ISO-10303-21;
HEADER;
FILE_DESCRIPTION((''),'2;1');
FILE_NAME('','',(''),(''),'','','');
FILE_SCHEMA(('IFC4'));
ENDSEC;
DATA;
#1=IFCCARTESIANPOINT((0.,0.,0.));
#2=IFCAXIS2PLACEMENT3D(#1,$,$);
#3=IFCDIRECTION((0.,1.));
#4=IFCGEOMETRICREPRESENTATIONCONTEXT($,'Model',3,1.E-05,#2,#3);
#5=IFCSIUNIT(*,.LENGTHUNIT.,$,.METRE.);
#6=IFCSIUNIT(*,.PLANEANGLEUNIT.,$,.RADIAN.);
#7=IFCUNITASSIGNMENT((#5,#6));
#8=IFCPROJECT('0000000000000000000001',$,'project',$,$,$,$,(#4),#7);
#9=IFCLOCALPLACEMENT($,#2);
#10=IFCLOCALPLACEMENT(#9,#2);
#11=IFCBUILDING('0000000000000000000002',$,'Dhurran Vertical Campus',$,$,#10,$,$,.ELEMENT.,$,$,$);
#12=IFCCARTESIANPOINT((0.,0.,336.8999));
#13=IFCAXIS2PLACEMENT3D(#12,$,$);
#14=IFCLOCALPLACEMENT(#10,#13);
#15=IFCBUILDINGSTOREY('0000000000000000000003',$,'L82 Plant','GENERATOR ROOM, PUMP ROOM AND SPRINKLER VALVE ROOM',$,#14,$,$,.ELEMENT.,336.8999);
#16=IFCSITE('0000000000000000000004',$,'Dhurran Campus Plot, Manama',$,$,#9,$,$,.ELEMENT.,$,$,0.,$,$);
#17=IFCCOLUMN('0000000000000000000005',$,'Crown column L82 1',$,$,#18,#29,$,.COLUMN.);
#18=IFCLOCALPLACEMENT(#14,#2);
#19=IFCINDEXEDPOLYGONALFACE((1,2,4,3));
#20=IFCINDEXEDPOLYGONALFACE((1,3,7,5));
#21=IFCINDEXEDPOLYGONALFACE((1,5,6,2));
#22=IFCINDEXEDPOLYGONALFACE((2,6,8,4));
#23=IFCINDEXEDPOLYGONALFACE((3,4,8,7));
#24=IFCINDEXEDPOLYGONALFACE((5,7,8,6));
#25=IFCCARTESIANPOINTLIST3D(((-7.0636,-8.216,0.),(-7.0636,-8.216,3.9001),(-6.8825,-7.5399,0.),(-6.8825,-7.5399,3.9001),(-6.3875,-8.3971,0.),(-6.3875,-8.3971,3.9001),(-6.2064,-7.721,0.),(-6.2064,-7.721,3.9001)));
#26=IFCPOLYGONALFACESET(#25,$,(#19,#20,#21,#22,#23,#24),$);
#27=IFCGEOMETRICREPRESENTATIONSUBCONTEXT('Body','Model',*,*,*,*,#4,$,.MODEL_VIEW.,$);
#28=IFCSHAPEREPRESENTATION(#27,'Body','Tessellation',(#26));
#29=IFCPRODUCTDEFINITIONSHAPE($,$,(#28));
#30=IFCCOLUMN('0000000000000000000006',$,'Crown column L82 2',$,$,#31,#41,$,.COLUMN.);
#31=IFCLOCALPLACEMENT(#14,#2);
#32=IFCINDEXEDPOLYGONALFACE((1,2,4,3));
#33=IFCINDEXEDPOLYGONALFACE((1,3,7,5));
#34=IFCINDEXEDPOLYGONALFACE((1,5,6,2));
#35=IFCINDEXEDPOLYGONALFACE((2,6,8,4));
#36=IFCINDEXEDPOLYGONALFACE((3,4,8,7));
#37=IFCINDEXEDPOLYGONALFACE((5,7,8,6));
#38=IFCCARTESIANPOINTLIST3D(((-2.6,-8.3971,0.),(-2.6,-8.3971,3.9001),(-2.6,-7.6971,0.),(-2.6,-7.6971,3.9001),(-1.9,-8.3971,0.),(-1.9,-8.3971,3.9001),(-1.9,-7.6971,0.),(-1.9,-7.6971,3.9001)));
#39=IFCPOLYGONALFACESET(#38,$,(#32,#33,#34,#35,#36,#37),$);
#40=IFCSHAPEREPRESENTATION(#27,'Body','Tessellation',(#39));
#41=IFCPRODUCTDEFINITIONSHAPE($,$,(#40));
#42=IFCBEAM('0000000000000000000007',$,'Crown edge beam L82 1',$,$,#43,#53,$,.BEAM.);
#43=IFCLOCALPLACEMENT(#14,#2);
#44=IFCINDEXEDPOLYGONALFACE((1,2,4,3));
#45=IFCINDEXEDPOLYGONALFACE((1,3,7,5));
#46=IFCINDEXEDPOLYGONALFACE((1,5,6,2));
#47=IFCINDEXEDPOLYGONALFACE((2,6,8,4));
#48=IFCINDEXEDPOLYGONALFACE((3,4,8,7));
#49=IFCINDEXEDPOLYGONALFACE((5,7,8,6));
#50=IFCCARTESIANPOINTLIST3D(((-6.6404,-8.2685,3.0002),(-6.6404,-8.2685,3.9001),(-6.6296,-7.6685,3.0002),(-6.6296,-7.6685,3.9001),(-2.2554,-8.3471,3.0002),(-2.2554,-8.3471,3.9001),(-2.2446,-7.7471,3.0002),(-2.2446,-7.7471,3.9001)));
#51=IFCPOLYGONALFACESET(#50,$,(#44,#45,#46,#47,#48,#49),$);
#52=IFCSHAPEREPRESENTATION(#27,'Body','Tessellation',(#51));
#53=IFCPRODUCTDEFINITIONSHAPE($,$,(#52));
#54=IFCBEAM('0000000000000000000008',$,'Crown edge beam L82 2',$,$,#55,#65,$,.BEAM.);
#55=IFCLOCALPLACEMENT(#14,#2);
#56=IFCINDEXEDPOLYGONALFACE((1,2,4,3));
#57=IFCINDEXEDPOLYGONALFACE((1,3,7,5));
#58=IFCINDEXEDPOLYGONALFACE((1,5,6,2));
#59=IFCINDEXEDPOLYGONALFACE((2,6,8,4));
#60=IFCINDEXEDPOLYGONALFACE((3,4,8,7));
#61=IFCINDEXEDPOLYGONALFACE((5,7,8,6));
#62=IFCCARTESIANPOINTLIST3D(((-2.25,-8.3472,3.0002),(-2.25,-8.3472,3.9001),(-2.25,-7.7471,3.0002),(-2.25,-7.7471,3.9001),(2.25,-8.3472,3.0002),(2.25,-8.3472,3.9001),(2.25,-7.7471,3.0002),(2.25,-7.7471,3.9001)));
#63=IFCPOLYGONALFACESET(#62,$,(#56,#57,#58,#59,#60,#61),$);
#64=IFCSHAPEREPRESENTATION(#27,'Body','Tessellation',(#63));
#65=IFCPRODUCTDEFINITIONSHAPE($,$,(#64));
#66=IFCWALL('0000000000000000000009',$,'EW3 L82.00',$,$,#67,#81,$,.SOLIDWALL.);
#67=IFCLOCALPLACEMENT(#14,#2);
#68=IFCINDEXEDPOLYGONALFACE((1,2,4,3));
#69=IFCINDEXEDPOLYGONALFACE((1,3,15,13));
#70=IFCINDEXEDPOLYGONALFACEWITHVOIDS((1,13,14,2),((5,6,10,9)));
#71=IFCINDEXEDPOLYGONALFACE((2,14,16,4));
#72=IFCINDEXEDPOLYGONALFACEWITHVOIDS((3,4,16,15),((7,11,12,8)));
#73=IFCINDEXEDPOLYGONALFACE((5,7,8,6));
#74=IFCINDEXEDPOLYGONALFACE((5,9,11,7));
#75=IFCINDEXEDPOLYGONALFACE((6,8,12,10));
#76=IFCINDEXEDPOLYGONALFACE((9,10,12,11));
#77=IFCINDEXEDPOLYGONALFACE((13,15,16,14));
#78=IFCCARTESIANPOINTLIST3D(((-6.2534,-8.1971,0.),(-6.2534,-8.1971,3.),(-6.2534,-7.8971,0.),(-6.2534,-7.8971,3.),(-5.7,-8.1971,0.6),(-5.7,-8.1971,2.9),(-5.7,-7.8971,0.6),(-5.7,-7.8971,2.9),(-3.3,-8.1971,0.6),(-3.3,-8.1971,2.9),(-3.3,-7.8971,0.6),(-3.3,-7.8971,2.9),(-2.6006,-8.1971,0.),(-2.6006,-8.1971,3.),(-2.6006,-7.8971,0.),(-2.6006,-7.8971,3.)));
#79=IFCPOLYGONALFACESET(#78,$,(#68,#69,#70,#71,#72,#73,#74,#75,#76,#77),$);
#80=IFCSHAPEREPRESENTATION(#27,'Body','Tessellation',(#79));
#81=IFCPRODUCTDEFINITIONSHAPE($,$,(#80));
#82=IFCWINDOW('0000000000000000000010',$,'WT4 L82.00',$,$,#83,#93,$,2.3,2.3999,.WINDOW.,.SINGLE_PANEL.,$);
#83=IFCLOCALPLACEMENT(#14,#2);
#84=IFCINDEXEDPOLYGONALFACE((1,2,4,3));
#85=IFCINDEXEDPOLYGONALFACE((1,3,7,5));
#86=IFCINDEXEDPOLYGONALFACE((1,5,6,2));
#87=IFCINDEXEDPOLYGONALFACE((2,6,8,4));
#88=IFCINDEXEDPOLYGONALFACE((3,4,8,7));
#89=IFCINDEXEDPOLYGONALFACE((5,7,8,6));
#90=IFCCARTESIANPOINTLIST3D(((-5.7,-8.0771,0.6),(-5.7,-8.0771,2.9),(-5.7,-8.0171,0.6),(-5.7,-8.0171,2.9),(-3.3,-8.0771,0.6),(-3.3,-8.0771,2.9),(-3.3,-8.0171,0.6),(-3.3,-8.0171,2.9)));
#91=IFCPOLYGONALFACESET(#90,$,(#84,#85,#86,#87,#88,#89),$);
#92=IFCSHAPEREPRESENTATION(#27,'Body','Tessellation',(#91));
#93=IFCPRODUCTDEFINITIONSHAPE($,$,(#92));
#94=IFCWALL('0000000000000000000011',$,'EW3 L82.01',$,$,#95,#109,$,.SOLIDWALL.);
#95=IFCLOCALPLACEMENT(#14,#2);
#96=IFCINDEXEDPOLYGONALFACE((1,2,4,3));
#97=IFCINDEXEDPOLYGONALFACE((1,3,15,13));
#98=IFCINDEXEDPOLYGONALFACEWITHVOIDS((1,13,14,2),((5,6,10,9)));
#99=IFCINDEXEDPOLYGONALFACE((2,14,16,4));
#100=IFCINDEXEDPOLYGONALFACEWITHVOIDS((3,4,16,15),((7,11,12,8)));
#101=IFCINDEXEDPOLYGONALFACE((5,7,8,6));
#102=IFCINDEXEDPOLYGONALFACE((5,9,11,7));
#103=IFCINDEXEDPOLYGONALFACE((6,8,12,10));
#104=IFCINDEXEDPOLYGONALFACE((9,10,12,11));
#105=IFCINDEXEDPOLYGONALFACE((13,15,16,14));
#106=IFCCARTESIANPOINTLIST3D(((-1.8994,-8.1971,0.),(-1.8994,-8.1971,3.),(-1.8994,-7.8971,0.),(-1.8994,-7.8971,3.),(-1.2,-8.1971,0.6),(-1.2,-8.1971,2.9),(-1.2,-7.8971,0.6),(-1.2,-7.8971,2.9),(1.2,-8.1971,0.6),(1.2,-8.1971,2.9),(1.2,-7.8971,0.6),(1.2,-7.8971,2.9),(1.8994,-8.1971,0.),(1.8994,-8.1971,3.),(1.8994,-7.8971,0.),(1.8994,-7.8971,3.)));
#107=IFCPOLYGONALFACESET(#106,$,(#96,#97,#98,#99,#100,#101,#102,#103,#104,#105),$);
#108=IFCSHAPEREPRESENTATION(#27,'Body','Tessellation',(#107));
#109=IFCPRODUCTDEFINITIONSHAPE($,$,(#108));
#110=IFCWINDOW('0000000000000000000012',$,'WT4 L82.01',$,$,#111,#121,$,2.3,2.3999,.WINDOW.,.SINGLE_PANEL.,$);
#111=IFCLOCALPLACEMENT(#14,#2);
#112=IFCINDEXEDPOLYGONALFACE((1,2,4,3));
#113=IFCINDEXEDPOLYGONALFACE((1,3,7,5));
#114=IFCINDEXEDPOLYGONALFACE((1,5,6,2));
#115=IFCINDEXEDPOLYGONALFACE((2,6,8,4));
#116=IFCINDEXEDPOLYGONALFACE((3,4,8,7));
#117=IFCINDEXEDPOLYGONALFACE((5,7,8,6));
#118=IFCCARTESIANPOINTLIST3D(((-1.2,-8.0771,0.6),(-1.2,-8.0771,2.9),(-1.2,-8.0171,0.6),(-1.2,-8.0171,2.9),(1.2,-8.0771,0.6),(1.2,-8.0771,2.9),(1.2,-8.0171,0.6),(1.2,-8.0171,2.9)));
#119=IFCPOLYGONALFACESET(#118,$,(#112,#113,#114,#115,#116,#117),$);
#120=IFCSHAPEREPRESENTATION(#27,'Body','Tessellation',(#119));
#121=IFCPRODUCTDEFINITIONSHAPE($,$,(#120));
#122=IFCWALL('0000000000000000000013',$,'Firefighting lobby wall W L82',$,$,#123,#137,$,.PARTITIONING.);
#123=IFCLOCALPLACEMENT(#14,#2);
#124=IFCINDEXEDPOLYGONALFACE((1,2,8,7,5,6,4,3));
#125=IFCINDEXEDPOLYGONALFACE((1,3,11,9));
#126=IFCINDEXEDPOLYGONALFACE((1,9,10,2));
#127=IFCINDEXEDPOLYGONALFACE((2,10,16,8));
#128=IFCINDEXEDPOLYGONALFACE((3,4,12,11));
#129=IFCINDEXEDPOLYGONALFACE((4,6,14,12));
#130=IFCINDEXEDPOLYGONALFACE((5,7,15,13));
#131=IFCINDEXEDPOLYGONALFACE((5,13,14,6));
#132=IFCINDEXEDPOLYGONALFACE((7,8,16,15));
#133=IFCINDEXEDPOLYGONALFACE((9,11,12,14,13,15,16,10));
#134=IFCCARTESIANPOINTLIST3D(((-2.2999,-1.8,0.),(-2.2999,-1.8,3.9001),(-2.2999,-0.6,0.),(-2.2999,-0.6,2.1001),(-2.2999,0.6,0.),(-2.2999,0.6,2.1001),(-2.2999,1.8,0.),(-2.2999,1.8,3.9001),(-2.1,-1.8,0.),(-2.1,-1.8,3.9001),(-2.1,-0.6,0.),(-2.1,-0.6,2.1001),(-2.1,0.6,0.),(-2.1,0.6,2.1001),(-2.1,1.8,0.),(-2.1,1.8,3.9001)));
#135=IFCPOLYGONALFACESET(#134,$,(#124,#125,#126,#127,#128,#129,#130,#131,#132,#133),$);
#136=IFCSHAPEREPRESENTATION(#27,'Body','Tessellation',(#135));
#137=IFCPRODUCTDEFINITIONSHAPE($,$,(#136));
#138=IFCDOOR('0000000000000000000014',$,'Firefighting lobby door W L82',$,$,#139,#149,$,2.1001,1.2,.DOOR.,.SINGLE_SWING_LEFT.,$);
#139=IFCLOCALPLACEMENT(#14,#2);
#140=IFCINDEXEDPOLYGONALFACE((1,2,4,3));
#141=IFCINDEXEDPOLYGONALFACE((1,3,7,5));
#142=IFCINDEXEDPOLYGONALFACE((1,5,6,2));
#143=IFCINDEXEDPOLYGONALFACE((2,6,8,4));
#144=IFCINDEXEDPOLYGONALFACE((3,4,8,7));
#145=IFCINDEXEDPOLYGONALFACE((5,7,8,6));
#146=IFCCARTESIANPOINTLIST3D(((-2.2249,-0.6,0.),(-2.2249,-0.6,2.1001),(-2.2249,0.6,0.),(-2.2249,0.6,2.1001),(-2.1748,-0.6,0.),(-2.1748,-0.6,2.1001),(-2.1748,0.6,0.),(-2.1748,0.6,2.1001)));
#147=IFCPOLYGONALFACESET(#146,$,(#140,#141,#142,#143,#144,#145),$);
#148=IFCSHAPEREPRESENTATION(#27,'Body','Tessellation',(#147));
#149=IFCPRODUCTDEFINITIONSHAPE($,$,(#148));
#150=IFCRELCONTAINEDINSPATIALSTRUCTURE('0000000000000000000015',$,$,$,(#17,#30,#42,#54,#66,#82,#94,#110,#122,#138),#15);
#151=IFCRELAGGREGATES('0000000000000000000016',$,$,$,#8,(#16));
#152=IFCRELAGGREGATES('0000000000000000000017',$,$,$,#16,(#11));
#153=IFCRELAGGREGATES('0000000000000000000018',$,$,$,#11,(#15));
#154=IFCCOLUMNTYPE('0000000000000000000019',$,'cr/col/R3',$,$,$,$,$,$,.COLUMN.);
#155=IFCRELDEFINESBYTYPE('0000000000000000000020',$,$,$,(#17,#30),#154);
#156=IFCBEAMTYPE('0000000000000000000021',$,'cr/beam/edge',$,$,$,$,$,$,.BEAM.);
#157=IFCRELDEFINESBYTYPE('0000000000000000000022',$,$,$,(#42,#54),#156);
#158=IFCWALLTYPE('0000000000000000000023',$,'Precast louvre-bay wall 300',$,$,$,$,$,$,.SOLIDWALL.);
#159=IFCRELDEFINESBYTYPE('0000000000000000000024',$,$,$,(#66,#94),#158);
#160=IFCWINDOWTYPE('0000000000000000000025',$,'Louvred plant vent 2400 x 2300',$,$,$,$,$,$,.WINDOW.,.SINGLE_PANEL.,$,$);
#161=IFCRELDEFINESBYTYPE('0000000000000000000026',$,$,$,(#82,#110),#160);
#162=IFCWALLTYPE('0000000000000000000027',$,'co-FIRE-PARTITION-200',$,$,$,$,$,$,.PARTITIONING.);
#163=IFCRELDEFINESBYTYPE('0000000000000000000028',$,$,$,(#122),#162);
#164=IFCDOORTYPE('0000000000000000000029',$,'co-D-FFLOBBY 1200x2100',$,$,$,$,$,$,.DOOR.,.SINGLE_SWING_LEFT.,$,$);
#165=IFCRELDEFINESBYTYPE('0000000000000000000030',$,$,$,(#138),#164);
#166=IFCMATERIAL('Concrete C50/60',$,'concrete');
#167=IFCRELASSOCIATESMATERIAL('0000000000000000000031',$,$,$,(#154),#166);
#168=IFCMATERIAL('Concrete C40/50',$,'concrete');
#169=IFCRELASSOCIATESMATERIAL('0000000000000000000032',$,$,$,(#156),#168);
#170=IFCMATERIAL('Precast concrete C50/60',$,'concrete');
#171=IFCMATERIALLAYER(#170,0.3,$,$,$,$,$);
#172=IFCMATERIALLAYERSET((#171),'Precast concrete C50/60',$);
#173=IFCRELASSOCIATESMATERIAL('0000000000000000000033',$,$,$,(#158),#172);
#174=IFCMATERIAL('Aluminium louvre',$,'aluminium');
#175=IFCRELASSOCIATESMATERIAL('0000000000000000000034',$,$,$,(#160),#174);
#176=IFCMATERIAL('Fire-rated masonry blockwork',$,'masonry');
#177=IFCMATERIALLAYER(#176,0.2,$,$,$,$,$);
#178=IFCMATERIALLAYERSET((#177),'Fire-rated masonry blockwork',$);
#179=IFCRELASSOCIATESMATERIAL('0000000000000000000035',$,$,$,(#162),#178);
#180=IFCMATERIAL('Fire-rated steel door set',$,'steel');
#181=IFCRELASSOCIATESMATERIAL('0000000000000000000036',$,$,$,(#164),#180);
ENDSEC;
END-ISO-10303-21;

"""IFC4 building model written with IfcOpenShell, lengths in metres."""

from ifc_helpers import new_model, si_unit, direction, frame, frame_2d, origin, origin_2d, place, context, subcontext, project, spatial, rectangle, extrude, material, layer, layer_set, material_profile, profile_set, type_object, element, fill, save


model = new_model("IFC4")

# Units and contexts
model_context = context("Model", 3, precision=1e-05, world=origin(), true_north=direction((0.0, 1.0)))
body_context = subcontext(model_context, "Body", "Model", "MODEL_VIEW")
ifc_project = project(units=[si_unit("LENGTHUNIT", "METRE"), si_unit("PLANEANGLEUNIT", "RADIAN")], contexts=[model_context])

# Site, building, storey
site_placement = place(None, origin())
site = spatial("IfcSite", under=ifc_project, at=site_placement, Name="Dhurran Campus Plot, Manama", CompositionType="ELEMENT", RefElevation=0.0)
building_placement = place(site_placement, origin())
building = spatial("IfcBuilding", under=site, at=building_placement, Name="Dhurran Vertical Campus", CompositionType="ELEMENT")
storey_placement = place(building_placement, frame((0.0, 0.0, 336.8999)))
storey = spatial("IfcBuildingStorey", under=building, at=storey_placement, Name="L82 Plant", Description="GENERATOR ROOM, PUMP ROOM AND SPRINKLER VALVE ROOM", CompositionType="ELEMENT", Elevation=336.8999)

# Columns
ifc_material_1 = material(Name="Concrete C50/60", Category="concrete")
ifc_material_profile_1 = material_profile(ifc_material_1, rectangle(XDim=0.7, YDim=0.7, at=origin_2d()), Name="cr/col/R3")
ifc_profile_set_1 = profile_set([ifc_material_profile_1], Name="Concrete C50/60")
column_type = type_object("IfcColumnType", Name="cr/col/R3", PredefinedType="COLUMN", material=ifc_profile_set_1)
for number, where, z_axis, x_axis, name in (
    (1, (-6.635, -7.9685, 0.0), (0.0, 0.0, 1.0), (0.965926, -0.258819, 0.0), "Crown column L82 1"),
    (2, (-2.25, -8.0471, 0.0), (0.0, 0.0, 1.0), (1.0, 0.0, 0.0), "Crown column L82 2"),
):
    element("IfcColumn", number, at=place(storey_placement, frame(where, z_axis=z_axis, x_axis=x_axis)), inside=storey, type_object=column_type, Name=name, PredefinedType="COLUMN", context=body_context, shape_type="SweptSolid", body=[
        extrude(rectangle(XDim=0.7, YDim=0.7, at=origin_2d()), origin(), (0.0, 0.0, 1.0), 3.9001),
    ])

# Beams
ifc_material_2 = material(Name="Concrete C40/50", Category="concrete")
ifc_material_profile_2 = material_profile(ifc_material_2, rectangle(XDim=0.6001, YDim=0.8999, at=origin_2d()), Name="cr/beam/edge")
ifc_profile_set_2 = profile_set([ifc_material_profile_2], Name="Concrete C40/50")
beam_type = type_object("IfcBeamType", Name="cr/beam/edge", PredefinedType="BEAM", material=ifc_profile_set_2)
beam_1_placement = place(storey_placement, frame((-6.635, -7.9685, 3.4502), z_axis=(0.999839, -0.017925, 0.0), x_axis=(0.017925, 0.999839, 0.0)))
element("IfcBeam", 3, at=beam_1_placement, inside=storey, type_object=beam_type, Name="Crown edge beam L82 1", PredefinedType="BEAM", context=body_context, shape_type="SweptSolid", body=[
    extrude(rectangle(XDim=0.6001, YDim=0.8999, at=origin_2d()), origin(), (0.0, 0.0, 1.0), 4.3857),
])
beam_2_placement = place(storey_placement, frame((-2.25, -8.0471, 3.4502), z_axis=(1.0, 0.0, 0.0), x_axis=(0.0, 1.0, 0.0)))
element("IfcBeam", 4, at=beam_2_placement, inside=storey, type_object=beam_type, Name="Crown edge beam L82 2", PredefinedType="BEAM", context=body_context, shape_type="SweptSolid", body=[
    extrude(rectangle(XDim=0.6001, YDim=0.8999, at=origin_2d()), origin(), (0.0, 0.0, 1.0), 4.5),
])

# Walls, openings, windows
ifc_material_3 = material(Name="Precast concrete C50/60", Category="concrete")
ifc_layer_1 = layer(ifc_material_3, 0.3)
ifc_layer_set_1 = layer_set([ifc_layer_1], Name="Precast concrete C50/60")
wall_type_1 = type_object("IfcWallType", Name="Precast louvre-bay wall 300", PredefinedType="SOLIDWALL", material=ifc_layer_set_1)
wall_1_placement = place(storey_placement, frame((-6.2534, -8.0471, 0.0), z_axis=(0.0, 0.0, 1.0), x_axis=(1.0, 0.0, 0.0)))
wall_1 = element("IfcWall", 5, at=wall_1_placement, inside=storey, type_object=wall_type_1, Name="EW3 L82.00", PredefinedType="SOLIDWALL", context=body_context, shape_type="SweptSolid", body=[
    extrude(rectangle(XDim=3.6528, YDim=0.3, at=frame_2d((1.8264, 0.0))), origin(), (0.0, 0.0, 1.0), 3.0),
])
opening_1_placement = place(wall_1_placement, frame((0.5535, 0.0, 0.6001)))
opening_1 = element("IfcOpeningElement", 6, at=opening_1_placement, cuts=wall_1, PredefinedType="OPENING", context=body_context, shape_type="SweptSolid", body=[
    extrude(rectangle(XDim=2.3999, YDim=2.3, at=frame_2d((1.2, 1.1499))), frame((0.0, 0.1599, 0.0), z_axis=(0.0, -1.0, 0.0), x_axis=(1.0, 0.0, 0.0)), (0.0, 0.0, 1.0), 0.3201),
])
ifc_material_4 = material(Name="Aluminium louvre", Category="aluminium")
window_type = type_object("IfcWindowType", Name="Louvred plant vent 2400 x 2300", PartitioningType="SINGLE_PANEL", PredefinedType="WINDOW", material=ifc_material_4)
window_1_placement = place(opening_1_placement, origin())
window_1 = element("IfcWindow", 7, at=window_1_placement, inside=storey, type_object=window_type, Name="WT4 L82.00", OverallHeight=2.3, OverallWidth=2.3999, PartitioningType="SINGLE_PANEL", PredefinedType="WINDOW", context=body_context, shape_type="SweptSolid", body=[
    extrude(rectangle(XDim=2.3999, YDim=2.3, at=frame_2d((1.2, 1.1499))), frame((0.0, 0.03, 0.0), z_axis=(0.0, -1.0, 0.0), x_axis=(1.0, 0.0, 0.0)), (0.0, 0.0, 1.0), 0.0601),
])
fill(opening_1, window_1)
wall_2_placement = place(storey_placement, frame((-1.8994, -8.0471, 0.0), z_axis=(0.0, 0.0, 1.0), x_axis=(1.0, 0.0, 0.0)))
wall_2 = element("IfcWall", 8, at=wall_2_placement, inside=storey, type_object=wall_type_1, Name="EW3 L82.01", PredefinedType="SOLIDWALL", context=body_context, shape_type="SweptSolid", body=[
    extrude(rectangle(XDim=3.7988, YDim=0.3, at=frame_2d((1.8994, 0.0))), origin(), (0.0, 0.0, 1.0), 3.0),
])
opening_2_placement = place(wall_2_placement, frame((0.6995, 0.0, 0.6001)))
opening_2 = element("IfcOpeningElement", 9, at=opening_2_placement, cuts=wall_2, PredefinedType="OPENING", context=body_context, shape_type="SweptSolid", body=[
    extrude(rectangle(XDim=2.3999, YDim=2.3, at=frame_2d((1.2, 1.1499))), frame((0.0, 0.1599, 0.0), z_axis=(0.0, -1.0, 0.0), x_axis=(1.0, 0.0, 0.0)), (0.0, 0.0, 1.0), 0.3201),
])
window_2_placement = place(opening_2_placement, origin())
window_2 = element("IfcWindow", 10, at=window_2_placement, inside=storey, type_object=window_type, Name="WT4 L82.01", OverallHeight=2.3, OverallWidth=2.3999, PartitioningType="SINGLE_PANEL", PredefinedType="WINDOW", context=body_context, shape_type="SweptSolid", body=[
    extrude(rectangle(XDim=2.3999, YDim=2.3, at=frame_2d((1.2, 1.1499))), frame((0.0, 0.03, 0.0), z_axis=(0.0, -1.0, 0.0), x_axis=(1.0, 0.0, 0.0)), (0.0, 0.0, 1.0), 0.0601),
])
fill(opening_2, window_2)

# Wall, opening, door
ifc_material_5 = material(Name="Fire-rated masonry blockwork", Category="masonry")
ifc_layer_2 = layer(ifc_material_5, 0.2)
ifc_layer_set_2 = layer_set([ifc_layer_2], Name="Fire-rated masonry blockwork")
wall_type_2 = type_object("IfcWallType", Name="co-FIRE-PARTITION-200", PredefinedType="PARTITIONING", material=ifc_layer_set_2)
wall_3_placement = place(storey_placement, frame((-2.2, -1.8, 0.0), z_axis=(0.0, 0.0, 1.0), x_axis=(0.0, 1.0, 0.0)))
wall_3 = element("IfcWall", 11, at=wall_3_placement, inside=storey, type_object=wall_type_2, Name="Firefighting lobby wall W L82", PredefinedType="PARTITIONING", context=body_context, shape_type="SweptSolid", body=[
    extrude(rectangle(XDim=3.6001, YDim=0.2, at=frame_2d((1.8, 0.0))), origin(), (0.0, 0.0, 1.0), 3.9001),
])
opening_3_placement = place(wall_3_placement, frame((1.2, 0.0, 0.0)))
opening_3 = element("IfcOpeningElement", 12, at=opening_3_placement, cuts=wall_3, PredefinedType="OPENING", context=body_context, shape_type="SweptSolid", body=[
    extrude(rectangle(XDim=1.2, YDim=2.1001, at=frame_2d((0.6001, 1.05))), frame((0.0, 0.1099, 0.0), z_axis=(0.0, -1.0, 0.0), x_axis=(1.0, 0.0, 0.0)), (0.0, 0.0, 1.0), 0.22),
])
ifc_material_6 = material(Name="Fire-rated steel door set", Category="steel")
door_type_1 = type_object("IfcDoorType", Name="co-D-FFLOBBY 1200x2100", OperationType="SINGLE_SWING_LEFT", PredefinedType="DOOR", material=ifc_material_6)
door_1_placement = place(opening_3_placement, origin())
door_1 = element("IfcDoor", 13, at=door_1_placement, inside=storey, type_object=door_type_1, Name="Firefighting lobby door W L82", OperationType="SINGLE_SWING_LEFT", OverallHeight=2.1001, OverallWidth=1.2, PredefinedType="DOOR", context=body_context, shape_type="SweptSolid", body=[
    extrude(rectangle(XDim=1.2, YDim=2.1001, at=frame_2d((0.6001, 1.05))), frame((0.0, 0.0249, 0.0), z_axis=(0.0, -1.0, 0.0), x_axis=(1.0, 0.0, 0.0)), (0.0, 0.0, 1.0), 0.05),
])
fill(opening_3, door_1)

save(model, "model.ifc")
